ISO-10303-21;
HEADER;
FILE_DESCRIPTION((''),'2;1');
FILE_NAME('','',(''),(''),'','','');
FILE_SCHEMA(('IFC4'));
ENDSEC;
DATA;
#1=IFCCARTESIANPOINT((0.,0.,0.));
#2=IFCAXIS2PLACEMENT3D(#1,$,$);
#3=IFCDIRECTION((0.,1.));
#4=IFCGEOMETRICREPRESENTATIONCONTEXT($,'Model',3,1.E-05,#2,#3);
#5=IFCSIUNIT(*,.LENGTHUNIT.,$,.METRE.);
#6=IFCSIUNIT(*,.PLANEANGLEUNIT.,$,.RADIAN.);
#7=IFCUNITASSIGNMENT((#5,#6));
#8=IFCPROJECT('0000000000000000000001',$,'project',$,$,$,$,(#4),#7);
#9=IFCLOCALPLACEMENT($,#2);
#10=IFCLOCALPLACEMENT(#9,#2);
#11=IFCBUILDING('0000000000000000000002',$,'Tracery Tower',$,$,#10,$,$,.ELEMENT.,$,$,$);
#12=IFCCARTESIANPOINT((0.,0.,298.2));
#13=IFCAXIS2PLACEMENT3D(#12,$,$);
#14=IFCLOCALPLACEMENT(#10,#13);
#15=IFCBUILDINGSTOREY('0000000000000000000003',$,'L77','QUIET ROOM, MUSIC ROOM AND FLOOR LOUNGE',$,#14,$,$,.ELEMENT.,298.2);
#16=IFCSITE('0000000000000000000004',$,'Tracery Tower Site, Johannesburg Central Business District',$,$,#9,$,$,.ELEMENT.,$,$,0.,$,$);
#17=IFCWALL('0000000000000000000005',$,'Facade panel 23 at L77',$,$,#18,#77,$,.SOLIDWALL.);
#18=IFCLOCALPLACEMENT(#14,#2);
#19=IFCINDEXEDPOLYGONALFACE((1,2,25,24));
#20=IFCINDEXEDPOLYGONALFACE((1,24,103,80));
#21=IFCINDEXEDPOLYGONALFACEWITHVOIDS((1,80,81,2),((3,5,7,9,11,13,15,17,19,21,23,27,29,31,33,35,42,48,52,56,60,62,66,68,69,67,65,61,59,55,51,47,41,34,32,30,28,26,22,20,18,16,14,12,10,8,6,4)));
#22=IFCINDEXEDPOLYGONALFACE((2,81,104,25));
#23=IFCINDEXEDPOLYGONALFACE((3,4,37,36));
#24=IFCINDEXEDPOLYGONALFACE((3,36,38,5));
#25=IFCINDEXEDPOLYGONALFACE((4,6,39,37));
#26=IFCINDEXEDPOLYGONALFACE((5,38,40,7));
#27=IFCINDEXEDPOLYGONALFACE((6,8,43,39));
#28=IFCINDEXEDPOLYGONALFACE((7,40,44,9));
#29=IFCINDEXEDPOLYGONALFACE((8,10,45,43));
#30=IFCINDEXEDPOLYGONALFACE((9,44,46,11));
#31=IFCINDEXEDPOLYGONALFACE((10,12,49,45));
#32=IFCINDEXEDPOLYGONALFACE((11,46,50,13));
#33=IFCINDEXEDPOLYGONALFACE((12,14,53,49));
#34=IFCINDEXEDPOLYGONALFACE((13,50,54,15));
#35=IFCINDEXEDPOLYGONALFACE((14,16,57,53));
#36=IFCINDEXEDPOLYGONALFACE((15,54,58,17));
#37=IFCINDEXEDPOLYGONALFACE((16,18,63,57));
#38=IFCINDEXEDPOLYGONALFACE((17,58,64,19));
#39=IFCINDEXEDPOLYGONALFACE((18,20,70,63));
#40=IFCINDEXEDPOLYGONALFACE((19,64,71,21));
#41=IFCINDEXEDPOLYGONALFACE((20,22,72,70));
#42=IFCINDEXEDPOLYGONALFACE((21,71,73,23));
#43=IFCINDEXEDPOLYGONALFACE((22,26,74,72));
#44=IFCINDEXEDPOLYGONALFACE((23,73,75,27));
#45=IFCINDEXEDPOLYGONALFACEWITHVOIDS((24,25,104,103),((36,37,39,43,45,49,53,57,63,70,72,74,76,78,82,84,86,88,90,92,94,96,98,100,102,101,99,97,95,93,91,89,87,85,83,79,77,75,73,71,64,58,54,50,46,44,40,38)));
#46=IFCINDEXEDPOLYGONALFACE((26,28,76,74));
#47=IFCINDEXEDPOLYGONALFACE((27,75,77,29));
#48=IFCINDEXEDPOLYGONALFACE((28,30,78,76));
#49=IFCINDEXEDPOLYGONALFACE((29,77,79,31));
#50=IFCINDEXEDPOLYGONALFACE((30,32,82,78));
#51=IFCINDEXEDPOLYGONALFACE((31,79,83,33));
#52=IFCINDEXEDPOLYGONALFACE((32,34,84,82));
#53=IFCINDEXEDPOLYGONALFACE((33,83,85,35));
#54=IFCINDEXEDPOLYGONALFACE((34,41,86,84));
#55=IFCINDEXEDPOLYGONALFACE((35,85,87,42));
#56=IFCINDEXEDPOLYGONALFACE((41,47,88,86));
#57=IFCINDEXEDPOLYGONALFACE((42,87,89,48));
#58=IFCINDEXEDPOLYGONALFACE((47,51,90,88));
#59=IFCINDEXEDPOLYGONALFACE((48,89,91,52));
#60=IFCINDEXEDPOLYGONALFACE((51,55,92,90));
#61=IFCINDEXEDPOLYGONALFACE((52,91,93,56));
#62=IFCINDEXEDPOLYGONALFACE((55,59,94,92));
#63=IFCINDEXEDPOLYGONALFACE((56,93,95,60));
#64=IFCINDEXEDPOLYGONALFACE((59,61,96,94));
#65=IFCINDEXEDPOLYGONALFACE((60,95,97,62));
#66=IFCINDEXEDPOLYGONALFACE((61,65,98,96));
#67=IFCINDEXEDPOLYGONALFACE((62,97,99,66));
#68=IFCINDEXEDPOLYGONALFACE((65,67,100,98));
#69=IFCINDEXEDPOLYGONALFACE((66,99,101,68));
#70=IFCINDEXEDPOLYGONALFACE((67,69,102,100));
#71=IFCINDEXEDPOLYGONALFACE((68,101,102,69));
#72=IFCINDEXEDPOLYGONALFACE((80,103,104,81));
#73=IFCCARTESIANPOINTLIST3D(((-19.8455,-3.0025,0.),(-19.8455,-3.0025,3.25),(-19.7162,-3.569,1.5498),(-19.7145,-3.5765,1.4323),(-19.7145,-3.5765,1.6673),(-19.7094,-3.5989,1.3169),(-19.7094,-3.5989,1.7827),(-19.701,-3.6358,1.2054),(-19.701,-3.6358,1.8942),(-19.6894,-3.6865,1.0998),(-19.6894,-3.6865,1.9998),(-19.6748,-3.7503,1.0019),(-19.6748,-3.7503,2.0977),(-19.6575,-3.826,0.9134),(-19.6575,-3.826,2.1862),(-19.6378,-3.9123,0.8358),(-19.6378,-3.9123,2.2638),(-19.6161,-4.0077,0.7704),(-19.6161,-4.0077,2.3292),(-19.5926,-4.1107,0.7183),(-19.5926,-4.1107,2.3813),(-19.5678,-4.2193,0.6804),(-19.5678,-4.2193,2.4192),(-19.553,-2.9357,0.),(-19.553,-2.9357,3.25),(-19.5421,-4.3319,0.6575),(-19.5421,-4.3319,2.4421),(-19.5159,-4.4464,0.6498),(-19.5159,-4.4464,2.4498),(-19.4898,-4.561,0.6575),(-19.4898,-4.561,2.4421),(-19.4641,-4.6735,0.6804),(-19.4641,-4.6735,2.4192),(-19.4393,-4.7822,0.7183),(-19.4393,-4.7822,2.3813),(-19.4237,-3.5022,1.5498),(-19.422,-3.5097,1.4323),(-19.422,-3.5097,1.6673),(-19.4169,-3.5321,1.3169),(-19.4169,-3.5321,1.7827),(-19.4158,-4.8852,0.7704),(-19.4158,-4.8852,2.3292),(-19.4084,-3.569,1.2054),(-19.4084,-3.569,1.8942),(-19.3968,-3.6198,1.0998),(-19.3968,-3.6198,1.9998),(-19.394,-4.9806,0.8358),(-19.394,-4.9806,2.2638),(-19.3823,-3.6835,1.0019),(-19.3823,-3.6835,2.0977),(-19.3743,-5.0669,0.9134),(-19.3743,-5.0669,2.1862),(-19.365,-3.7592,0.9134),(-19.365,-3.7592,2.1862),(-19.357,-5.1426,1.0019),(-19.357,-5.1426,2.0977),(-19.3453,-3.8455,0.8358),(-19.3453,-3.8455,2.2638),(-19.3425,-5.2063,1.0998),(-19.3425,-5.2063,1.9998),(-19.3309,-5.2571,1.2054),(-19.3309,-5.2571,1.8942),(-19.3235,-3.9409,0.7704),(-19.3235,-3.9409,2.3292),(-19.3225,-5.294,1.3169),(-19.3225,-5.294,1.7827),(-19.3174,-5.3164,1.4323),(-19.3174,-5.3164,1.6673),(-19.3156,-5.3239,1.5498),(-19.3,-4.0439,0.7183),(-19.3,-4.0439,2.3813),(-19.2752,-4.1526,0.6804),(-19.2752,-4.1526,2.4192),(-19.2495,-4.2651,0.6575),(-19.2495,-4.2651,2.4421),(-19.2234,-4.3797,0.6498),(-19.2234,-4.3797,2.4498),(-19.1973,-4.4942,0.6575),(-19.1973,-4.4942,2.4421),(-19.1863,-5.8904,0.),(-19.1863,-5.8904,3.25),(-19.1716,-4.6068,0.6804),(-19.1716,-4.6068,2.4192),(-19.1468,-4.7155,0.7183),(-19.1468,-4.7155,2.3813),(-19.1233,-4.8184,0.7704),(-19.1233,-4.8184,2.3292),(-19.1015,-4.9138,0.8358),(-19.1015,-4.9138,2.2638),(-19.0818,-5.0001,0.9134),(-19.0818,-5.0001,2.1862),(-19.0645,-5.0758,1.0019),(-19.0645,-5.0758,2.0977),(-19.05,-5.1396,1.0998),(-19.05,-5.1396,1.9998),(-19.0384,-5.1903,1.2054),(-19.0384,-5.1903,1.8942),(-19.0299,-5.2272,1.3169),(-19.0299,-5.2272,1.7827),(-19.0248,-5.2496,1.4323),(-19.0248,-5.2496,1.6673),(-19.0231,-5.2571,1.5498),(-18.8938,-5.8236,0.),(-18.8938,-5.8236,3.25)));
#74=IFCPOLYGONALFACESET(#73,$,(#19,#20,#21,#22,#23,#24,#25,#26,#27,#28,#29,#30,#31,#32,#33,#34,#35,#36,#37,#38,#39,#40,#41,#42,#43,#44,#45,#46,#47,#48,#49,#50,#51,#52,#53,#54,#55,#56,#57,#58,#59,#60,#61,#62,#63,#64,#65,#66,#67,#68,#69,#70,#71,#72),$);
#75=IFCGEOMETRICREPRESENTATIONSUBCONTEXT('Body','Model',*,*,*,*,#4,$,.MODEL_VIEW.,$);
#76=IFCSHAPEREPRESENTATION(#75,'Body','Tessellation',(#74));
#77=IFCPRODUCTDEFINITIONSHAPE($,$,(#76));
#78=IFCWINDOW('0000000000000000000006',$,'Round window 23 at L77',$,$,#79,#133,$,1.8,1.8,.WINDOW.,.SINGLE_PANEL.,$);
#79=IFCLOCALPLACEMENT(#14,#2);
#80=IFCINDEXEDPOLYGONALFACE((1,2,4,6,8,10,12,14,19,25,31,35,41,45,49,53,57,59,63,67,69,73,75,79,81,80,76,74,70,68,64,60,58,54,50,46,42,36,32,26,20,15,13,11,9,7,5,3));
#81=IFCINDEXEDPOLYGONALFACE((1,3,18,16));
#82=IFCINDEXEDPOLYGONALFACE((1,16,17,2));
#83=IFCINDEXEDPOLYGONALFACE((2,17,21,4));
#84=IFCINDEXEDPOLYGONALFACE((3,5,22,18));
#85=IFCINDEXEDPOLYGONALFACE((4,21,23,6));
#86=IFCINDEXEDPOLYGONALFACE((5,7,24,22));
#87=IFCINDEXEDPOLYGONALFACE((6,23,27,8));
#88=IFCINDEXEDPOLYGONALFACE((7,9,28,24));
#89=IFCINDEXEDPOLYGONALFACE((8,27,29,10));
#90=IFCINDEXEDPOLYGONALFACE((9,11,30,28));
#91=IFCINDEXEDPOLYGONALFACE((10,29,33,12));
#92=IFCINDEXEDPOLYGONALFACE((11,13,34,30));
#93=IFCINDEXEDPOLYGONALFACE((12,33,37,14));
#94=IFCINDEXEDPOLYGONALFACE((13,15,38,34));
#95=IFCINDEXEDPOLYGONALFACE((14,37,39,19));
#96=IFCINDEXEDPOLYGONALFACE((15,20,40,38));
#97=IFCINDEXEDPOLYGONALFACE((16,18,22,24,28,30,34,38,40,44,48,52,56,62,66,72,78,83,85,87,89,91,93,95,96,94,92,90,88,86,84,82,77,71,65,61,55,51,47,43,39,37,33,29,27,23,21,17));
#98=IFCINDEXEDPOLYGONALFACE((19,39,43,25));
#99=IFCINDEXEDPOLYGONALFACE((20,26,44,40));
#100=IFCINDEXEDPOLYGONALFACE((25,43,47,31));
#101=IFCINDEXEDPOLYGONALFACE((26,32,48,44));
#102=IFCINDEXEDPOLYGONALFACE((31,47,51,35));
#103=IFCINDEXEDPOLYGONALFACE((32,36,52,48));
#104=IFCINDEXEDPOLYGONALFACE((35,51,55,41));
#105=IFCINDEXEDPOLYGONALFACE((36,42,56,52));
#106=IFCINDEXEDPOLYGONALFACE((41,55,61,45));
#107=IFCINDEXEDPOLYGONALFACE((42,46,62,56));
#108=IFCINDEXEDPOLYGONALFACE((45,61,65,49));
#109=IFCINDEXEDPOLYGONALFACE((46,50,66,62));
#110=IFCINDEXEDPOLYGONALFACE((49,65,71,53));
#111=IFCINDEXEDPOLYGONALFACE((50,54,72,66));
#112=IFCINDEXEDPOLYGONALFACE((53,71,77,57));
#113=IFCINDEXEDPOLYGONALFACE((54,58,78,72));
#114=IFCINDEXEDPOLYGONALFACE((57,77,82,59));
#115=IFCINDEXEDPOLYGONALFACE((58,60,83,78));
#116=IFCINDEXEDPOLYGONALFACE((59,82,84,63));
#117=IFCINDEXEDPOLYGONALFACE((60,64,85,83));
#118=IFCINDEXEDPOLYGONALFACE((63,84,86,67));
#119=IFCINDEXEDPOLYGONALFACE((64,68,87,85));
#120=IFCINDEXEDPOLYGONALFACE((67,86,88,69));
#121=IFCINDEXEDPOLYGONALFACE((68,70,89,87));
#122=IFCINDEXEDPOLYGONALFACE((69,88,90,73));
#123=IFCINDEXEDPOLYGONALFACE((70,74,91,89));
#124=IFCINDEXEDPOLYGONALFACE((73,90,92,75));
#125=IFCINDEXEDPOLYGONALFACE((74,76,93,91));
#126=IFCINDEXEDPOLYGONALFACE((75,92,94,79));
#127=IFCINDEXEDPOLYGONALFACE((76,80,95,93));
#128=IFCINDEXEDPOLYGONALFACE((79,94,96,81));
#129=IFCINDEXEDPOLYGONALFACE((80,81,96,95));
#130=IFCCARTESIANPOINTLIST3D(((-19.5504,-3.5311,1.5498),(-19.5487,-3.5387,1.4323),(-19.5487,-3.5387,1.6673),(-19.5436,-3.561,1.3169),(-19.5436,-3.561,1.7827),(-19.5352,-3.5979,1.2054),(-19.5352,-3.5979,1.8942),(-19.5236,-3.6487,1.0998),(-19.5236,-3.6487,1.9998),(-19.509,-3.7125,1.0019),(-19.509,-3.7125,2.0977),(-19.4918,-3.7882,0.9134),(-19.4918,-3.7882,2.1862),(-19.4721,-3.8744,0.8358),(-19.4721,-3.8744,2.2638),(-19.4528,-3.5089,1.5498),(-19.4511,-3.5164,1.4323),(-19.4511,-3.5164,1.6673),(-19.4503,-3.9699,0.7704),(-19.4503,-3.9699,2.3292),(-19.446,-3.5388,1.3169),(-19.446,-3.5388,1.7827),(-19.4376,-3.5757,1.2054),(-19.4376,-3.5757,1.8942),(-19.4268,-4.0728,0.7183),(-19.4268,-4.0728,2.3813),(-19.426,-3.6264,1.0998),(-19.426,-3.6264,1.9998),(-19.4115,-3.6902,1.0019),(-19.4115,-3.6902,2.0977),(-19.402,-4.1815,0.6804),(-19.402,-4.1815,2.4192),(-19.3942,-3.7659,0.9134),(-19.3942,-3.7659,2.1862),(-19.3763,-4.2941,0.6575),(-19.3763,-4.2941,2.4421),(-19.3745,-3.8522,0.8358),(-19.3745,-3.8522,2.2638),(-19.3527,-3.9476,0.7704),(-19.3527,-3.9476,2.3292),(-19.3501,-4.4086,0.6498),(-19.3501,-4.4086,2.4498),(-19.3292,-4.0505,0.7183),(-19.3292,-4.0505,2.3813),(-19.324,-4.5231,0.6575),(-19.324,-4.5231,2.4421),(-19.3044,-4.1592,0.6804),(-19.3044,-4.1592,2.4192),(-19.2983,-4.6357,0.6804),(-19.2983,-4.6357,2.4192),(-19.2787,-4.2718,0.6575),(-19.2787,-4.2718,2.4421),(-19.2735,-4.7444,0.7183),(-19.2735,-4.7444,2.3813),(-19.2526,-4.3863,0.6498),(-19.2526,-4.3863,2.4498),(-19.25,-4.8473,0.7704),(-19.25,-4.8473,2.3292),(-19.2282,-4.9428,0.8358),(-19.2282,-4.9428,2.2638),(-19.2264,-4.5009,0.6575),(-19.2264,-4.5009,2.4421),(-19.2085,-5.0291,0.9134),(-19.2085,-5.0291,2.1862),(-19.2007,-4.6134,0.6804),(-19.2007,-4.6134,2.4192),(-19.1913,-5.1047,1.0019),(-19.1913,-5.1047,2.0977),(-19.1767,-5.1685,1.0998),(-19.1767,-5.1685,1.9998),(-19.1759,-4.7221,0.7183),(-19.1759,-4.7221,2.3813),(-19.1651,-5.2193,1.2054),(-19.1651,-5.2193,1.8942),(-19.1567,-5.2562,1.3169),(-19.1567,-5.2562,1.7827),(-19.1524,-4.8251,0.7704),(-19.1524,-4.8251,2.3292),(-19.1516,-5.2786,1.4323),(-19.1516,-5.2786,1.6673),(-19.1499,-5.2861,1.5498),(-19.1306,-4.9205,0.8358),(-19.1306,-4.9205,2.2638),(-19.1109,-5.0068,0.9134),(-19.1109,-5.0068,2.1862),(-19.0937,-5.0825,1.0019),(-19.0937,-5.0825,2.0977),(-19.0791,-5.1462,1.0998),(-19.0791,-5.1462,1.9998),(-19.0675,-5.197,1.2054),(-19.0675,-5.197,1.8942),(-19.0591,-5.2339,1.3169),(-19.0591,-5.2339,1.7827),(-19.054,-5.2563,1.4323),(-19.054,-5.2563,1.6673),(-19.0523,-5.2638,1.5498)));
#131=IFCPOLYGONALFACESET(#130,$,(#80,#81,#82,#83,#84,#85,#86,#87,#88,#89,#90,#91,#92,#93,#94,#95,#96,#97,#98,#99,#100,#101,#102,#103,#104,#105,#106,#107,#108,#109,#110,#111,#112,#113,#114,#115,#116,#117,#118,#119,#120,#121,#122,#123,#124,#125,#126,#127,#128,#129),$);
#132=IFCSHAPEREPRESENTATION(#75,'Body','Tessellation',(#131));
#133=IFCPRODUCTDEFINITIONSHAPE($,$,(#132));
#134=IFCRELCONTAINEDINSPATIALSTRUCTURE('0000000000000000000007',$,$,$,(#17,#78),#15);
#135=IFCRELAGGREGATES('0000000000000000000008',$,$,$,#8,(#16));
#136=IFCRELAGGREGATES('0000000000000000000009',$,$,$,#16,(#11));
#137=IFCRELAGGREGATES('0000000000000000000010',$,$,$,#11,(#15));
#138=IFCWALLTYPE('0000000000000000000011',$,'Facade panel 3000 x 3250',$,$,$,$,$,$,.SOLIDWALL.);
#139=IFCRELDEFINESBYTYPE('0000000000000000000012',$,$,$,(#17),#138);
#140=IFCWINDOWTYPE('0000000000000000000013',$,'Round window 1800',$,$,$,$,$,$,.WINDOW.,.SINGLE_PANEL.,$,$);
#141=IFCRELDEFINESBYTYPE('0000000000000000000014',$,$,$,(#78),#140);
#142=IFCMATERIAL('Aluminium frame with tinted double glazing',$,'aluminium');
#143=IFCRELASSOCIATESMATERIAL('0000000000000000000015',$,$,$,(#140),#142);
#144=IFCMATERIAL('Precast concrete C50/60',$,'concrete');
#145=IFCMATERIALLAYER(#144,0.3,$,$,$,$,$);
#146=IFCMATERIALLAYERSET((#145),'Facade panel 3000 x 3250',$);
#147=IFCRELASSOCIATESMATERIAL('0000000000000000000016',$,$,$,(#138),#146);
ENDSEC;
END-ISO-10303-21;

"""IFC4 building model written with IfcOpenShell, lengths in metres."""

from ifc_helpers import new_model, si_unit, direction, frame, frame_2d, origin, origin_2d, place, context, subcontext, project, spatial, rectangle, circle, extrude, material, layer, layer_set, type_object, element, fill, save


model = new_model("IFC4")

# Units and contexts
model_context = context("Model", 3, precision=1e-05, world=origin(), true_north=direction((0.0, 1.0)))
body_context = subcontext(model_context, "Body", "Model", "MODEL_VIEW")
ifc_project = project(units=[si_unit("LENGTHUNIT", "METRE"), si_unit("PLANEANGLEUNIT", "RADIAN")], contexts=[model_context])

# Site, building, storey
site_placement = place(None, origin())
site = spatial("IfcSite", under=ifc_project, at=site_placement, Name="Tracery Tower Site, Johannesburg Central Business District", CompositionType="ELEMENT", RefElevation=0.0)
building_placement = place(site_placement, origin())
building = spatial("IfcBuilding", under=site, at=building_placement, Name="Tracery Tower", CompositionType="ELEMENT")
storey_placement = place(building_placement, frame((0.0, 0.0, 298.2)))
storey = spatial("IfcBuildingStorey", under=building, at=storey_placement, Name="L77", Description="QUIET ROOM, MUSIC ROOM AND FLOOR LOUNGE", CompositionType="ELEMENT", Elevation=298.2)

# Wall, opening, window
ifc_material_1 = material(Name="Aluminium frame with tinted double glazing", Category="aluminium")
window_type = type_object("IfcWindowType", Name="Round window 1800", PartitioningType="SINGLE_PANEL", PredefinedType="WINDOW", material=ifc_material_1)
ifc_material_2 = material(Name="Precast concrete C50/60", Category="concrete")
ifc_layer_1 = layer(ifc_material_2, 0.3)
ifc_layer_set_1 = layer_set([ifc_layer_1], Name="Facade panel 3000 x 3250")
wall_type_1 = type_object("IfcWallType", Name="Facade panel 3000 x 3250", PredefinedType="SOLIDWALL", material=ifc_layer_set_1)
wall_1_placement = place(storey_placement, frame((-19.6992, -2.9692, 0.0), z_axis=(0.0, 0.0, 1.0), x_axis=(0.222529, -0.974926, 0.0)))
wall_1 = element("IfcWall", 1, at=wall_1_placement, inside=storey, type_object=wall_type_1, Name="Facade panel 23 at L77", PredefinedType="SOLIDWALL", context=body_context, shape_type="SweptSolid", body=[
    extrude(rectangle(XDim=2.9622, YDim=0.3, at=frame_2d((1.481, 0.0))), origin(), (0.0, 0.0, 1.0), 3.25),
])
opening_1_placement = place(wall_1_placement, frame((1.481, 0.0, 1.5498)))
opening_1 = element("IfcOpeningElement", 2, at=opening_1_placement, cuts=wall_1, PredefinedType="OPENING", context=body_context, shape_type="SweptSolid", body=[
    extrude(circle(Radius=0.9, at=origin_2d()), frame((0.0, 0.1599, 0.0), z_axis=(0.0, -1.0, 0.0), x_axis=(1.0, 0.0, 0.0)), (0.0, 0.0, 1.0), 0.3201),
])
window_1_placement = place(opening_1_placement, origin())
window_1 = element("IfcWindow", 3, at=window_1_placement, inside=storey, type_object=window_type, Name="Round window 23 at L77", OverallHeight=1.8, OverallWidth=1.8, PartitioningType="SINGLE_PANEL", PredefinedType="WINDOW", context=body_context, shape_type="SweptSolid", body=[
    extrude(circle(Radius=0.9, at=origin_2d()), frame((0.0, 0.1201, 0.0), z_axis=(0.0, -1.0, 0.0), x_axis=(1.0, 0.0, 0.0)), (0.0, 0.0, 1.0), 0.1001),
])
fill(opening_1, window_1)

save(model, "model.ifc")
